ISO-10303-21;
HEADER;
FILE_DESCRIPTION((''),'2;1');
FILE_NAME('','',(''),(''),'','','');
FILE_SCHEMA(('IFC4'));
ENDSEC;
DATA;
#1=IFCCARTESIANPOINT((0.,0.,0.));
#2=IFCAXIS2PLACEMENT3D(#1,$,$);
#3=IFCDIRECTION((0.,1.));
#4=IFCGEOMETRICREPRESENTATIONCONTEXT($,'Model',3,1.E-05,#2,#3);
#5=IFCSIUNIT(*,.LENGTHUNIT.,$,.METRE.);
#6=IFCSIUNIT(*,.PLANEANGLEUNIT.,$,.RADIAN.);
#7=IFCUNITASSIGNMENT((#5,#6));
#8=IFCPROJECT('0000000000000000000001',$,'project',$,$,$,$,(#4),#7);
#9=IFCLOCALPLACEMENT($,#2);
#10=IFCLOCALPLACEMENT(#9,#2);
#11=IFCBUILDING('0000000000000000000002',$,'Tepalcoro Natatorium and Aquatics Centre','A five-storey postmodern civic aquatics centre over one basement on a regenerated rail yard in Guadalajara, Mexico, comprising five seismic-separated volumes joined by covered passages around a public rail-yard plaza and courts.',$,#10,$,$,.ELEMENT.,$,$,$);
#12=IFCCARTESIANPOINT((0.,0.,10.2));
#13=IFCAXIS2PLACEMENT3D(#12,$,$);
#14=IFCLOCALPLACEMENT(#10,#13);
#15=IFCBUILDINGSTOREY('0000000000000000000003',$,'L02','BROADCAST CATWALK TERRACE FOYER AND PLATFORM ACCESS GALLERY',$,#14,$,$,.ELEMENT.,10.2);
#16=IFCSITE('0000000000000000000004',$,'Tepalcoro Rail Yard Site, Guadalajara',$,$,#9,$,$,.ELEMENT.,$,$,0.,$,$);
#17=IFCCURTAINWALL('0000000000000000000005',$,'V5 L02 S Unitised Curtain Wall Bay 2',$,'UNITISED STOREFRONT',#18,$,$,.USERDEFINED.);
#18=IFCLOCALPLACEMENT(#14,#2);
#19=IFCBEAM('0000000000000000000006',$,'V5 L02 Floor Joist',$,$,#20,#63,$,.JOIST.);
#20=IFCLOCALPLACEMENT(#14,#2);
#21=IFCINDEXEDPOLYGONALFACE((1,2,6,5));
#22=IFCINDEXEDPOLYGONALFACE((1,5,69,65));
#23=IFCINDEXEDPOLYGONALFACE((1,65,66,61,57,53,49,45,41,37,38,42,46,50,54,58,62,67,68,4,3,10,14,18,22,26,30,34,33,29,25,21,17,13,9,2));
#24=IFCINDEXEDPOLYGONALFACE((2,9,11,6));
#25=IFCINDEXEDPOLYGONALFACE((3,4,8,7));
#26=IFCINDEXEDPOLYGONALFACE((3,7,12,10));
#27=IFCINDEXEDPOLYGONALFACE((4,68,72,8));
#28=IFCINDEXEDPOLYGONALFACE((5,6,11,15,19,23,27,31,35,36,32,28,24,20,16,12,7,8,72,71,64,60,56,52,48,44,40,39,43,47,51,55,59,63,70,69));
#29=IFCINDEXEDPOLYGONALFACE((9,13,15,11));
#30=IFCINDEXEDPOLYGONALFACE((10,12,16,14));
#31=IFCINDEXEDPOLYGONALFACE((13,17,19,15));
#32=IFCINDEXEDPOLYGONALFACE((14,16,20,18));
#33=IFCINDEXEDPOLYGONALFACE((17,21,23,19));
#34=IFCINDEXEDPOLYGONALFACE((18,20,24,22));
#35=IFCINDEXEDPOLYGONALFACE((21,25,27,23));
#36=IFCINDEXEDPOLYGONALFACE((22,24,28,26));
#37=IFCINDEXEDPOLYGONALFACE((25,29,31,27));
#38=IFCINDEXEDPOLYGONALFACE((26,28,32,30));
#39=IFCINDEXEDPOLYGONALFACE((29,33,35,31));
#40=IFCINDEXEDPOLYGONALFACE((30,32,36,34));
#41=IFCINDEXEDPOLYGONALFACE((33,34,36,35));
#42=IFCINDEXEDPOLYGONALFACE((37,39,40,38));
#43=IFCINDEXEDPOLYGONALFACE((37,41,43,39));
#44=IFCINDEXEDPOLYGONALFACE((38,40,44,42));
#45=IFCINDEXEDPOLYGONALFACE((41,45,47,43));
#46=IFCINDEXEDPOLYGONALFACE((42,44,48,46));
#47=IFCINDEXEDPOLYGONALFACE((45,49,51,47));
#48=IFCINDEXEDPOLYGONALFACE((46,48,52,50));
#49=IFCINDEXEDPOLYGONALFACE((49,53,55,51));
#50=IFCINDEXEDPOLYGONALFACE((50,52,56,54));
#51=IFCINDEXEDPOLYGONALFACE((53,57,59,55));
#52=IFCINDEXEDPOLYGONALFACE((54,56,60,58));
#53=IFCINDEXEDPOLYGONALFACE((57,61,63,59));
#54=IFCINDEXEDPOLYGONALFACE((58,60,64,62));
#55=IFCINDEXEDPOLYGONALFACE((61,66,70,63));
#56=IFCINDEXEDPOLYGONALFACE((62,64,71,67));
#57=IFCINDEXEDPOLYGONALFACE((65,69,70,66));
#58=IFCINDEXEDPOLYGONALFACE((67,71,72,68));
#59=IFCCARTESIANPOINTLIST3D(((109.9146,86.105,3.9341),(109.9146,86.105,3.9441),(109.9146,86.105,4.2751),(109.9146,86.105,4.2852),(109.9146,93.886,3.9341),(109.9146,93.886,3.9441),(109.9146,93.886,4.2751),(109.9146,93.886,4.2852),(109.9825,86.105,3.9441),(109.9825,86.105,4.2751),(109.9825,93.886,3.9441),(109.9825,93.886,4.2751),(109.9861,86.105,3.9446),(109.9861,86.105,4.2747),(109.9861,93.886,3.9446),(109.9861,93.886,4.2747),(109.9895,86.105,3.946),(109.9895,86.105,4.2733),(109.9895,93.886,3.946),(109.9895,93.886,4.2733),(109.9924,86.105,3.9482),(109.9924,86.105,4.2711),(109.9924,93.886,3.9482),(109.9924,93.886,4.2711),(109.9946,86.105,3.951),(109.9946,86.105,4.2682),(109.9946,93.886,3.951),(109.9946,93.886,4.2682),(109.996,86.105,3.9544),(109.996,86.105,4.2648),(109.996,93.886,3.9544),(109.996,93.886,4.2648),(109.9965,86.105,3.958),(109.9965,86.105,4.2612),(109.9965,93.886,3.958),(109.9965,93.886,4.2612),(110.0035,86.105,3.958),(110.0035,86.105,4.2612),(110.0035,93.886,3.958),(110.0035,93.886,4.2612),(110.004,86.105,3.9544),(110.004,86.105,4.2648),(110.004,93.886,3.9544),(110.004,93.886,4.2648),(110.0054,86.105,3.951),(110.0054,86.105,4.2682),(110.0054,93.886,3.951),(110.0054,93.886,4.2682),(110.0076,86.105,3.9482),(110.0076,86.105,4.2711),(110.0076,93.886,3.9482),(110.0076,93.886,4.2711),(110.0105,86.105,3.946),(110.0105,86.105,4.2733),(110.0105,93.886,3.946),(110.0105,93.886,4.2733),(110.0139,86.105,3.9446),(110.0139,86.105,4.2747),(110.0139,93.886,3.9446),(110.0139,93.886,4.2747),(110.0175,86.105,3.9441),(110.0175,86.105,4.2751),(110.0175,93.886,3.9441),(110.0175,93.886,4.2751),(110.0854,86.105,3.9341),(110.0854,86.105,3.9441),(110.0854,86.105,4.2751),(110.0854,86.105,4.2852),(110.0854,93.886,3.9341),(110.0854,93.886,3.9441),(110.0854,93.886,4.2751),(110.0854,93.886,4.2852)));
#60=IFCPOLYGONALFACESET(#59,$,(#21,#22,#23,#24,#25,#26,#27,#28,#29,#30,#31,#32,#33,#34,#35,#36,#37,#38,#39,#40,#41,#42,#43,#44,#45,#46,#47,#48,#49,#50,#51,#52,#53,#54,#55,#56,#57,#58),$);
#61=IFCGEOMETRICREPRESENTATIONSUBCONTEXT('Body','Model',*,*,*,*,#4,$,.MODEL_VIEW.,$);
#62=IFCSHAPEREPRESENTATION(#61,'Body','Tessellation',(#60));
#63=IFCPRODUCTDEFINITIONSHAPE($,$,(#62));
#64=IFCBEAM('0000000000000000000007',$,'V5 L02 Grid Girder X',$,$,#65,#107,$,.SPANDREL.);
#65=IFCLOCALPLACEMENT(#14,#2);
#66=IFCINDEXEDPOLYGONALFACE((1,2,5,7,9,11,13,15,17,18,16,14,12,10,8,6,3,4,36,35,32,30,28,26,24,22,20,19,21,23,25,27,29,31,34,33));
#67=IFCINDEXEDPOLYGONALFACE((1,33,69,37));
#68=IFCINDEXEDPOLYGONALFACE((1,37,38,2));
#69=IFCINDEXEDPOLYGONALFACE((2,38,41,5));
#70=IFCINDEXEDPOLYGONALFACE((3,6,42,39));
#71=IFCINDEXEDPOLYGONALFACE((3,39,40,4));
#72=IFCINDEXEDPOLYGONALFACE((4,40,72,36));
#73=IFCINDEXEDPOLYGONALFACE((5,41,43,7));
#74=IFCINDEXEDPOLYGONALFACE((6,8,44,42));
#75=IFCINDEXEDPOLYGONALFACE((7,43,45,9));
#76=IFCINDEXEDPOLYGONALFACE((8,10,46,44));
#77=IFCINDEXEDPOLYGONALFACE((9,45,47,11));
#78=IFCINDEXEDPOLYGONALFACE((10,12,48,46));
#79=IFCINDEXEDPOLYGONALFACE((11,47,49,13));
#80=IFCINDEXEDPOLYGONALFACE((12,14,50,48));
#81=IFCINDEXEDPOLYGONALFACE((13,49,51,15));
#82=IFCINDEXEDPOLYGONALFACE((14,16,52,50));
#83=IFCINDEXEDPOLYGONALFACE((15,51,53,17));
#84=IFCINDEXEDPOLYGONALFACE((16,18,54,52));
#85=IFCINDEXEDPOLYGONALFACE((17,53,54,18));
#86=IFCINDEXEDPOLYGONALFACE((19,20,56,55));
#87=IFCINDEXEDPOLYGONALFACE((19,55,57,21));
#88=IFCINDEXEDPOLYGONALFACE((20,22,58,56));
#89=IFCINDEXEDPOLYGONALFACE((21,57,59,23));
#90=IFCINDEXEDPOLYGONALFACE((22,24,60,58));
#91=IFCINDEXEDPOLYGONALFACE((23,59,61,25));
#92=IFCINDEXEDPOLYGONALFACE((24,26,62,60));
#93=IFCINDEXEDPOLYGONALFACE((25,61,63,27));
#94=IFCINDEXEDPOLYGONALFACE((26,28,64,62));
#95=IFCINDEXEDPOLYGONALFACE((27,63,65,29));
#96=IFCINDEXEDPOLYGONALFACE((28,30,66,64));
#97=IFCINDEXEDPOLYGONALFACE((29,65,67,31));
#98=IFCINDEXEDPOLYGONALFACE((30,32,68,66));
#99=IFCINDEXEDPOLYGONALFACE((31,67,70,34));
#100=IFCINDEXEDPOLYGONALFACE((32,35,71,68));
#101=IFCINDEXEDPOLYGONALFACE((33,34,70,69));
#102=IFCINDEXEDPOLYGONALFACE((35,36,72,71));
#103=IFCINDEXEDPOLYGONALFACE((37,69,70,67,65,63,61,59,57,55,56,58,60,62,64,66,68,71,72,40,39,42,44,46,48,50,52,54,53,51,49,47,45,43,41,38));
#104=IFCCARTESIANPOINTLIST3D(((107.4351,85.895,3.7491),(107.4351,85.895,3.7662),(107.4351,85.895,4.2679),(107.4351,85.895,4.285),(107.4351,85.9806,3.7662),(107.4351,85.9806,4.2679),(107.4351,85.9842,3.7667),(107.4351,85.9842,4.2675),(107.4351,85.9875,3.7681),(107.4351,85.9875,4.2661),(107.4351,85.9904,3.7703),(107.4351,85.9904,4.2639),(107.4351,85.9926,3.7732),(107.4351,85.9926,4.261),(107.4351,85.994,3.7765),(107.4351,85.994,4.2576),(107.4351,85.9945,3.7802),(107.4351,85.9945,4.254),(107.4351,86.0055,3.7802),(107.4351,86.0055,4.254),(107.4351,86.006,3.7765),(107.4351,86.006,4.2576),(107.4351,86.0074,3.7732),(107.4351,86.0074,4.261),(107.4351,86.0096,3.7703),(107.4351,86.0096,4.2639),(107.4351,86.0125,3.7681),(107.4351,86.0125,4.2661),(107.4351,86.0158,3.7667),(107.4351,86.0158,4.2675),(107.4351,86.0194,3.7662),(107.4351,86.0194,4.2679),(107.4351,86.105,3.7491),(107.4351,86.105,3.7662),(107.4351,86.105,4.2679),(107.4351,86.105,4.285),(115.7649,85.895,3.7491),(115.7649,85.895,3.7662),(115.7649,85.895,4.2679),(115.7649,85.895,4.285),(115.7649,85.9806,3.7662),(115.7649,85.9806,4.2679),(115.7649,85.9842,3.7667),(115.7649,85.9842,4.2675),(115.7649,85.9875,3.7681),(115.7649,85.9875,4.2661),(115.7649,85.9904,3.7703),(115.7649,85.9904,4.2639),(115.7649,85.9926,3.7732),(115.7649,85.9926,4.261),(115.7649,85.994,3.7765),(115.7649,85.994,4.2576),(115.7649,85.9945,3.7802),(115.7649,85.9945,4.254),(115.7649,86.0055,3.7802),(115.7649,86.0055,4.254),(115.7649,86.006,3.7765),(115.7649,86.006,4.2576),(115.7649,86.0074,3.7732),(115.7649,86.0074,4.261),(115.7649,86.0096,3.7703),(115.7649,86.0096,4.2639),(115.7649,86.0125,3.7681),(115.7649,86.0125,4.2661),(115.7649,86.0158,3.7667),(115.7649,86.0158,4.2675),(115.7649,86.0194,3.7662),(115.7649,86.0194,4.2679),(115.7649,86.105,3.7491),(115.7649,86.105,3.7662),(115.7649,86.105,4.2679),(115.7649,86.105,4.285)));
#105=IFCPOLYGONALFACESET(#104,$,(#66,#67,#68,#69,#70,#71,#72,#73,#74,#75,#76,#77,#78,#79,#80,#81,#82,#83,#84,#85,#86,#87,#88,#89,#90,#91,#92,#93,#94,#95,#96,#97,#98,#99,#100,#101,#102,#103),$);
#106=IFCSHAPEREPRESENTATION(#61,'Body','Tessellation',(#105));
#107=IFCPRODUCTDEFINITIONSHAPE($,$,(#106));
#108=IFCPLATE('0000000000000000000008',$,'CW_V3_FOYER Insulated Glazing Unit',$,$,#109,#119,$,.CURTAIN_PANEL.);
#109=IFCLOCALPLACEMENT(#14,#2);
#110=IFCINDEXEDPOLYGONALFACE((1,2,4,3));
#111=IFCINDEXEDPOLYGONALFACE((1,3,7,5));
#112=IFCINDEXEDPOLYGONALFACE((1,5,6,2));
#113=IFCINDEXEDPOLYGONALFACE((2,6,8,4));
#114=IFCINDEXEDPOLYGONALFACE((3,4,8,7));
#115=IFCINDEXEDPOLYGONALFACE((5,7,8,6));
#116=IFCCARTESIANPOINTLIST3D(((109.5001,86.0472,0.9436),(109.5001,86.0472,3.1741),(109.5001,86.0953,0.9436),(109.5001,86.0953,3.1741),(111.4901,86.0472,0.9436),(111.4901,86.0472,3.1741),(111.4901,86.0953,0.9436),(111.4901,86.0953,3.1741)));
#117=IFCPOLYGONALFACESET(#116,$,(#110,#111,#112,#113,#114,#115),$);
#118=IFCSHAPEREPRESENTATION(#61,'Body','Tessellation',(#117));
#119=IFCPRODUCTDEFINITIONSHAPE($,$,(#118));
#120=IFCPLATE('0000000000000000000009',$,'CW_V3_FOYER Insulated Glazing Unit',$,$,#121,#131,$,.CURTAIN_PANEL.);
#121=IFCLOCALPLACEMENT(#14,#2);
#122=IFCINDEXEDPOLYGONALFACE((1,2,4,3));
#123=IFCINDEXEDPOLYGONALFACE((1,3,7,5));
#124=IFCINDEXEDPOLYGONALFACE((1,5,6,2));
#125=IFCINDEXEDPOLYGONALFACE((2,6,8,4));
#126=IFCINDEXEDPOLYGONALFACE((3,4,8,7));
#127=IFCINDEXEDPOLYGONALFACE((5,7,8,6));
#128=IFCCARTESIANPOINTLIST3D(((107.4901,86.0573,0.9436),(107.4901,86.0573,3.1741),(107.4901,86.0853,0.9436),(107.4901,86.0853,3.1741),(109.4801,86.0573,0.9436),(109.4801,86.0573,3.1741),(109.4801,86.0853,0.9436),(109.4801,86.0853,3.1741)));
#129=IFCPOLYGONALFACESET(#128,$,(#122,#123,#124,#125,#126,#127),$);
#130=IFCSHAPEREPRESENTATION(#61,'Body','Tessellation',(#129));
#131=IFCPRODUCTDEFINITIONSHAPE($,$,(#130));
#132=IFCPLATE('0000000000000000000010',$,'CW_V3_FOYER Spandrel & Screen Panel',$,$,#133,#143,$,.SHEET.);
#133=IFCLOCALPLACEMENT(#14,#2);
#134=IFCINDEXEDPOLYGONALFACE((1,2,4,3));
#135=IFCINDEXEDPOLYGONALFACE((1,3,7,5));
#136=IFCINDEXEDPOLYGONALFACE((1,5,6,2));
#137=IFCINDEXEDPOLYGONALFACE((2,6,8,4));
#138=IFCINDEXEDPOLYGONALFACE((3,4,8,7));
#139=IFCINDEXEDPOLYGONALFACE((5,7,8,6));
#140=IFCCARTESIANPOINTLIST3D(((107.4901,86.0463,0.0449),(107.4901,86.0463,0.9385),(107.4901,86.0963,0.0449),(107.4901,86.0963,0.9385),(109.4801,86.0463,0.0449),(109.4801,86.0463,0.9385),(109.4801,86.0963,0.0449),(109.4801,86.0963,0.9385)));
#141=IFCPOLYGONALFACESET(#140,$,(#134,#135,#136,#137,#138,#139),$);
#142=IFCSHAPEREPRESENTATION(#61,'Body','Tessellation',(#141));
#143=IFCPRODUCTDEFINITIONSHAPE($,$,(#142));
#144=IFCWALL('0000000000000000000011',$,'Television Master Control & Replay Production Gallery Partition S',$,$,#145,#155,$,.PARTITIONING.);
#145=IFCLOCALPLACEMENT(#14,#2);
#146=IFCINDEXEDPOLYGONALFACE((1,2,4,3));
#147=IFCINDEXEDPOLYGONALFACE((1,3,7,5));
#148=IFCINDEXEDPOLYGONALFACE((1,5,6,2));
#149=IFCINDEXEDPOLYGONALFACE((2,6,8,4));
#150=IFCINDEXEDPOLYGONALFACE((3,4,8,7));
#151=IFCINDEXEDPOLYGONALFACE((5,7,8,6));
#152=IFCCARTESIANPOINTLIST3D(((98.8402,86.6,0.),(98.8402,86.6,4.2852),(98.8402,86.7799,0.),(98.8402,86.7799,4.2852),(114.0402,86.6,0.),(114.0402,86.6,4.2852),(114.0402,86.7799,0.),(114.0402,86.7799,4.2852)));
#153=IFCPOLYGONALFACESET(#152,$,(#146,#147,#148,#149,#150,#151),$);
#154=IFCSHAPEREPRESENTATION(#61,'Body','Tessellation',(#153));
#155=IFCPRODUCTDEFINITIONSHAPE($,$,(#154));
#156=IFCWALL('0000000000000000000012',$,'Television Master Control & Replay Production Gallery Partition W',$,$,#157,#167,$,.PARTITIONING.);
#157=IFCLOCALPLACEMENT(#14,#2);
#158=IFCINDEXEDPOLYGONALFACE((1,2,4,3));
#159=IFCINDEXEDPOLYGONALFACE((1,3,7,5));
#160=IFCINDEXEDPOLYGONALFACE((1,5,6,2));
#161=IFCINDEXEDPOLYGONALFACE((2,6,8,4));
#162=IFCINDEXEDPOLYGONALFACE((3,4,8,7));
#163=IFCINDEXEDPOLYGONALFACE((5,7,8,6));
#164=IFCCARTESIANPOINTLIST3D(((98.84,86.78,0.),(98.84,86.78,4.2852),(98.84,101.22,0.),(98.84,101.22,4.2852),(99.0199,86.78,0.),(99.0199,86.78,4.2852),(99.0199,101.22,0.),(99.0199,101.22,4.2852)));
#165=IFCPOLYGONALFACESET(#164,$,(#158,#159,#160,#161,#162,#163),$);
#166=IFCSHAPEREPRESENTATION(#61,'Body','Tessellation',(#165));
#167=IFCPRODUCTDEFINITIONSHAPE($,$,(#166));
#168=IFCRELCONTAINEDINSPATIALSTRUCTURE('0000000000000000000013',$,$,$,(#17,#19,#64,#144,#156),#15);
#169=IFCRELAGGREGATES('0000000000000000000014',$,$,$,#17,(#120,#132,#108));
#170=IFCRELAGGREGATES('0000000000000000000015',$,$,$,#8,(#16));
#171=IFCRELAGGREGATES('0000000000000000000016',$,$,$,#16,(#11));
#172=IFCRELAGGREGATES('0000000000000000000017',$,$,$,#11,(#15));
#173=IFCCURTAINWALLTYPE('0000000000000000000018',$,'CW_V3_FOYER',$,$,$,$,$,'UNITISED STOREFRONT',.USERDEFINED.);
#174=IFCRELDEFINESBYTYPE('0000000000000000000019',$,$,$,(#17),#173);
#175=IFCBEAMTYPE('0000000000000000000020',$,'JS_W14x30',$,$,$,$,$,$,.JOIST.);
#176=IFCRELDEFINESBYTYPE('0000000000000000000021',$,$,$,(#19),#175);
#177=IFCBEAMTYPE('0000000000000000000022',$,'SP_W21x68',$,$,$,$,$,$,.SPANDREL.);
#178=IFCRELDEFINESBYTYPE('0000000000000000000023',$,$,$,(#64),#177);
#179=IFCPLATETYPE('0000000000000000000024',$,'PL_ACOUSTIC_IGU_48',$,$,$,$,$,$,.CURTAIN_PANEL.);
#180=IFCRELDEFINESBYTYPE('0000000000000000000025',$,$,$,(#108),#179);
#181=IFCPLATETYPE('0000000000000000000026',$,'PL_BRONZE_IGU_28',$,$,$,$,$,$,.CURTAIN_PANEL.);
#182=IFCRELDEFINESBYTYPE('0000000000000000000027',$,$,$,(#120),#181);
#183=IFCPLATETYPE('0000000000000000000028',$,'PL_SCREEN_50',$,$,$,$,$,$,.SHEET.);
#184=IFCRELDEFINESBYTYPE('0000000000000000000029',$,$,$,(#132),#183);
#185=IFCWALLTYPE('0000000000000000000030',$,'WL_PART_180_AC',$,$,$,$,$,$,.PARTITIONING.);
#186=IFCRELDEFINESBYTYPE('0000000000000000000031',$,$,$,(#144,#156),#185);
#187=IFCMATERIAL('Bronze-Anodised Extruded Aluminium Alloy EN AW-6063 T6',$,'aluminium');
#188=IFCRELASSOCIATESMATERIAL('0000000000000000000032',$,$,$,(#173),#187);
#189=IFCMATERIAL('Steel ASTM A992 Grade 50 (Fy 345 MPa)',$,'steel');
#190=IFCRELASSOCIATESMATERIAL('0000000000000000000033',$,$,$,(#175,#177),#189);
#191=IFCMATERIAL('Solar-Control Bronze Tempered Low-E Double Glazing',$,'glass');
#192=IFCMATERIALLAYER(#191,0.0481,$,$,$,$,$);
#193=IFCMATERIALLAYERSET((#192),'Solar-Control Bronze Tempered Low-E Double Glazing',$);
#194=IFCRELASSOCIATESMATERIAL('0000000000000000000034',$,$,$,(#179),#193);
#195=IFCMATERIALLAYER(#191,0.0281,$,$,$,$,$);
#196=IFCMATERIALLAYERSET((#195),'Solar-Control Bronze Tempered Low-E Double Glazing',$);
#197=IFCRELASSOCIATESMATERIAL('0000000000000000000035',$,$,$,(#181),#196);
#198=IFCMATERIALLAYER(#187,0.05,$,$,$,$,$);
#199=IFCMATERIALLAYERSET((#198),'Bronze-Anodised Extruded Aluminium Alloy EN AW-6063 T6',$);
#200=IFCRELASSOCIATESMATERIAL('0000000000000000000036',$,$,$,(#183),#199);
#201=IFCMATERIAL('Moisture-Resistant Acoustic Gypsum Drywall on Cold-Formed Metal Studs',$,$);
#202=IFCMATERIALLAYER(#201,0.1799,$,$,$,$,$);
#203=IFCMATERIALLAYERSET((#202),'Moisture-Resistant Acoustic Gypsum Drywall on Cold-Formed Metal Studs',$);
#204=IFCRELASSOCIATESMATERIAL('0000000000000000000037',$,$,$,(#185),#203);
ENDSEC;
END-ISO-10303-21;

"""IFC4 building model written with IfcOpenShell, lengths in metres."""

from ifc_helpers import new_model, si_unit, direction, frame, frame_2d, origin, origin_2d, place, context, subcontext, project, spatial, rectangle, i_section, extrude, material, layer, layer_set, material_profile, profile_set, type_object, element, aggregate, save


model = new_model("IFC4")

# Units and contexts
model_context = context("Model", 3, precision=1e-05, world=origin(), true_north=direction((0.0, 1.0)))
body_context = subcontext(model_context, "Body", "Model", "MODEL_VIEW")
ifc_project = project(units=[si_unit("LENGTHUNIT", "METRE"), si_unit("PLANEANGLEUNIT", "RADIAN")], contexts=[model_context])

# Site, building, storey
site_placement = place(None, origin())
site = spatial("IfcSite", under=ifc_project, at=site_placement, Name="Tepalcoro Rail Yard Site, Guadalajara", CompositionType="ELEMENT", RefElevation=0.0)
building_placement = place(site_placement, origin())
building = spatial("IfcBuilding", under=site, at=building_placement, Name="Tepalcoro Natatorium and Aquatics Centre", Description="A five-storey postmodern civic aquatics centre over one basement on a regenerated rail yard in Guadalajara, Mexico, comprising five seismic-separated volumes joined by covered passages around a public rail-yard plaza and courts.", CompositionType="ELEMENT")
storey_placement = place(building_placement, frame((0.0, 0.0, 10.2)))
storey = spatial("IfcBuildingStorey", under=building, at=storey_placement, Name="L02", Description="BROADCAST CATWALK TERRACE FOYER AND PLATFORM ACCESS GALLERY", CompositionType="ELEMENT", Elevation=10.2)

# Shared definitions
ifc_material_1 = material(Name="Steel ASTM A992 Grade 50 (Fy 345 MPa)", Category="steel")

# Curtain wall
ifc_material_2 = material(Name="Bronze-Anodised Extruded Aluminium Alloy EN AW-6063 T6", Category="aluminium")
curtain_wall_type = type_object("IfcCurtainWallType", Name="CW_V3_FOYER", ElementType="UNITISED STOREFRONT", PredefinedType="USERDEFINED", material=ifc_material_2)
curtain_wall_placement = place(storey_placement, origin())
curtain_wall = element("IfcCurtainWall", 1, at=curtain_wall_placement, inside=storey, type_object=curtain_wall_type, Name="V5 L02 S Unitised Curtain Wall Bay 2", ObjectType="UNITISED STOREFRONT", PredefinedType="USERDEFINED")

# Beams
ifc_material_profile_1 = material_profile(ifc_material_1, i_section(OverallWidth=0.1709, OverallDepth=0.3511, WebThickness=0.0071, FlangeThickness=0.01, FilletRadius=0.0139, at=origin_2d()), Name="W14X30")
ifc_profile_set_1 = profile_set([ifc_material_profile_1], Name="Steel ASTM A992 Grade 50 (Fy 345 MPa)")
beam_type_1 = type_object("IfcBeamType", Name="JS_W14x30", PredefinedType="JOIST", material=ifc_profile_set_1)
beam_1_placement = place(storey_placement, frame((110.0, 86.105, 4.1096), z_axis=(0.0, 1.0, 0.0), x_axis=(-1.0, 0.0, 0.0)))
element("IfcBeam", 2, at=beam_1_placement, inside=storey, type_object=beam_type_1, Name="V5 L02 Floor Joist", PredefinedType="JOIST", context=body_context, shape_type="SweptSolid", body=[
    extrude(i_section(OverallWidth=0.1709, OverallDepth=0.3511, WebThickness=0.0071, FlangeThickness=0.01, FilletRadius=0.0139, at=origin_2d()), origin(), (0.0, 0.0, 1.0), 7.781),
])
ifc_material_profile_2 = material_profile(ifc_material_1, i_section(OverallWidth=0.21, OverallDepth=0.5359, WebThickness=0.011, FlangeThickness=0.0171, FilletRadius=0.0139, at=origin_2d()), Name="W21X68")
ifc_profile_set_2 = profile_set([ifc_material_profile_2], Name="Steel ASTM A992 Grade 50 (Fy 345 MPa)")
beam_type_2 = type_object("IfcBeamType", Name="SP_W21x68", PredefinedType="SPANDREL", material=ifc_profile_set_2)
beam_2_placement = place(storey_placement, frame((107.4351, 86.0, 4.0171), z_axis=(1.0, 0.0, 0.0), x_axis=(0.0, 1.0, 0.0)))
element("IfcBeam", 3, at=beam_2_placement, inside=storey, type_object=beam_type_2, Name="V5 L02 Grid Girder X", PredefinedType="SPANDREL", context=body_context, shape_type="SweptSolid", body=[
    extrude(i_section(OverallWidth=0.21, OverallDepth=0.5359, WebThickness=0.011, FlangeThickness=0.0171, FilletRadius=0.0139, at=origin_2d()), origin(), (0.0, 0.0, 1.0), 8.3298),
])

# Plates
ifc_material_3 = material(Name="Solar-Control Bronze Tempered Low-E Double Glazing", Category="glass")
ifc_layer_1 = layer(ifc_material_3, 0.0481)
ifc_layer_set_1 = layer_set([ifc_layer_1], Name="Solar-Control Bronze Tempered Low-E Double Glazing")
plate_type_1 = type_object("IfcPlateType", Name="PL_ACOUSTIC_IGU_48", PredefinedType="CURTAIN_PANEL", material=ifc_layer_set_1)
plate_1_placement = place(storey_placement, frame((110.4951, 86.0713, 0.9436), z_axis=(0.0, 0.0, 1.0), x_axis=(1.0, 0.0, 0.0)))
plate_1 = element("IfcPlate", 4, at=plate_1_placement, type_object=plate_type_1, Name="CW_V3_FOYER Insulated Glazing Unit", PredefinedType="CURTAIN_PANEL", context=body_context, shape_type="SweptSolid", body=[
    extrude(rectangle(XDim=1.99, YDim=0.0481, at=origin_2d()), origin(), (0.0, 0.0, 1.0), 2.2305),
])
ifc_layer_2 = layer(ifc_material_3, 0.0281)
ifc_layer_set_2 = layer_set([ifc_layer_2], Name="Solar-Control Bronze Tempered Low-E Double Glazing")
plate_type_2 = type_object("IfcPlateType", Name="PL_BRONZE_IGU_28", PredefinedType="CURTAIN_PANEL", material=ifc_layer_set_2)
plate_2_placement = place(storey_placement, frame((108.4851, 86.0713, 0.9436), z_axis=(0.0, 0.0, 1.0), x_axis=(1.0, 0.0, 0.0)))
plate_2 = element("IfcPlate", 5, at=plate_2_placement, type_object=plate_type_2, Name="CW_V3_FOYER Insulated Glazing Unit", PredefinedType="CURTAIN_PANEL", context=body_context, shape_type="SweptSolid", body=[
    extrude(rectangle(XDim=1.99, YDim=0.0281, at=origin_2d()), origin(), (0.0, 0.0, 1.0), 2.2305),
])
ifc_layer_3 = layer(ifc_material_2, 0.05)
ifc_layer_set_3 = layer_set([ifc_layer_3], Name="Bronze-Anodised Extruded Aluminium Alloy EN AW-6063 T6")
plate_type_3 = type_object("IfcPlateType", Name="PL_SCREEN_50", PredefinedType="SHEET", material=ifc_layer_set_3)
plate_3_placement = place(storey_placement, frame((108.4851, 86.0713, 0.0449), z_axis=(0.0, 0.0, 1.0), x_axis=(1.0, 0.0, 0.0)))
plate_3 = element("IfcPlate", 6, at=plate_3_placement, type_object=plate_type_3, Name="CW_V3_FOYER Spandrel & Screen Panel", PredefinedType="SHEET", context=body_context, shape_type="SweptSolid", body=[
    extrude(rectangle(XDim=1.99, YDim=0.05, at=origin_2d()), origin(), (0.0, 0.0, 1.0), 0.8936),
])
aggregate(curtain_wall, [plate_2, plate_3, plate_1])

# Walls
ifc_material_4 = material(Name="Moisture-Resistant Acoustic Gypsum Drywall on Cold-Formed Metal Studs")
ifc_layer_4 = layer(ifc_material_4, 0.1799)
ifc_layer_set_4 = layer_set([ifc_layer_4], Name="Moisture-Resistant Acoustic Gypsum Drywall on Cold-Formed Metal Studs")
wall_type = type_object("IfcWallType", Name="WL_PART_180_AC", PredefinedType="PARTITIONING", material=ifc_layer_set_4)
wall_1_placement = place(storey_placement, frame((98.8401, 86.6899, 0.0), z_axis=(0.0, 0.0, 1.0), x_axis=(1.0, 0.0, 0.0)))
element("IfcWall", 7, at=wall_1_placement, inside=storey, type_object=wall_type, Name="Television Master Control & Replay Production Gallery Partition S", PredefinedType="PARTITIONING", context=body_context, shape_type="SweptSolid", body=[
    extrude(rectangle(XDim=15.2, YDim=0.1799, at=frame_2d((7.6001, 0.0))), origin(), (0.0, 0.0, 1.0), 4.2852),
])
wall_2_placement = place(storey_placement, frame((98.9299, 86.78, 0.0), z_axis=(0.0, 0.0, 1.0), x_axis=(0.0, 1.0, 0.0)))
element("IfcWall", 8, at=wall_2_placement, inside=storey, type_object=wall_type, Name="Television Master Control & Replay Production Gallery Partition W", PredefinedType="PARTITIONING", context=body_context, shape_type="SweptSolid", body=[
    extrude(rectangle(XDim=14.4399, YDim=0.1799, at=frame_2d((7.22, 0.0))), origin(), (0.0, 0.0, 1.0), 4.2852),
])

save(model, "model.ifc")
